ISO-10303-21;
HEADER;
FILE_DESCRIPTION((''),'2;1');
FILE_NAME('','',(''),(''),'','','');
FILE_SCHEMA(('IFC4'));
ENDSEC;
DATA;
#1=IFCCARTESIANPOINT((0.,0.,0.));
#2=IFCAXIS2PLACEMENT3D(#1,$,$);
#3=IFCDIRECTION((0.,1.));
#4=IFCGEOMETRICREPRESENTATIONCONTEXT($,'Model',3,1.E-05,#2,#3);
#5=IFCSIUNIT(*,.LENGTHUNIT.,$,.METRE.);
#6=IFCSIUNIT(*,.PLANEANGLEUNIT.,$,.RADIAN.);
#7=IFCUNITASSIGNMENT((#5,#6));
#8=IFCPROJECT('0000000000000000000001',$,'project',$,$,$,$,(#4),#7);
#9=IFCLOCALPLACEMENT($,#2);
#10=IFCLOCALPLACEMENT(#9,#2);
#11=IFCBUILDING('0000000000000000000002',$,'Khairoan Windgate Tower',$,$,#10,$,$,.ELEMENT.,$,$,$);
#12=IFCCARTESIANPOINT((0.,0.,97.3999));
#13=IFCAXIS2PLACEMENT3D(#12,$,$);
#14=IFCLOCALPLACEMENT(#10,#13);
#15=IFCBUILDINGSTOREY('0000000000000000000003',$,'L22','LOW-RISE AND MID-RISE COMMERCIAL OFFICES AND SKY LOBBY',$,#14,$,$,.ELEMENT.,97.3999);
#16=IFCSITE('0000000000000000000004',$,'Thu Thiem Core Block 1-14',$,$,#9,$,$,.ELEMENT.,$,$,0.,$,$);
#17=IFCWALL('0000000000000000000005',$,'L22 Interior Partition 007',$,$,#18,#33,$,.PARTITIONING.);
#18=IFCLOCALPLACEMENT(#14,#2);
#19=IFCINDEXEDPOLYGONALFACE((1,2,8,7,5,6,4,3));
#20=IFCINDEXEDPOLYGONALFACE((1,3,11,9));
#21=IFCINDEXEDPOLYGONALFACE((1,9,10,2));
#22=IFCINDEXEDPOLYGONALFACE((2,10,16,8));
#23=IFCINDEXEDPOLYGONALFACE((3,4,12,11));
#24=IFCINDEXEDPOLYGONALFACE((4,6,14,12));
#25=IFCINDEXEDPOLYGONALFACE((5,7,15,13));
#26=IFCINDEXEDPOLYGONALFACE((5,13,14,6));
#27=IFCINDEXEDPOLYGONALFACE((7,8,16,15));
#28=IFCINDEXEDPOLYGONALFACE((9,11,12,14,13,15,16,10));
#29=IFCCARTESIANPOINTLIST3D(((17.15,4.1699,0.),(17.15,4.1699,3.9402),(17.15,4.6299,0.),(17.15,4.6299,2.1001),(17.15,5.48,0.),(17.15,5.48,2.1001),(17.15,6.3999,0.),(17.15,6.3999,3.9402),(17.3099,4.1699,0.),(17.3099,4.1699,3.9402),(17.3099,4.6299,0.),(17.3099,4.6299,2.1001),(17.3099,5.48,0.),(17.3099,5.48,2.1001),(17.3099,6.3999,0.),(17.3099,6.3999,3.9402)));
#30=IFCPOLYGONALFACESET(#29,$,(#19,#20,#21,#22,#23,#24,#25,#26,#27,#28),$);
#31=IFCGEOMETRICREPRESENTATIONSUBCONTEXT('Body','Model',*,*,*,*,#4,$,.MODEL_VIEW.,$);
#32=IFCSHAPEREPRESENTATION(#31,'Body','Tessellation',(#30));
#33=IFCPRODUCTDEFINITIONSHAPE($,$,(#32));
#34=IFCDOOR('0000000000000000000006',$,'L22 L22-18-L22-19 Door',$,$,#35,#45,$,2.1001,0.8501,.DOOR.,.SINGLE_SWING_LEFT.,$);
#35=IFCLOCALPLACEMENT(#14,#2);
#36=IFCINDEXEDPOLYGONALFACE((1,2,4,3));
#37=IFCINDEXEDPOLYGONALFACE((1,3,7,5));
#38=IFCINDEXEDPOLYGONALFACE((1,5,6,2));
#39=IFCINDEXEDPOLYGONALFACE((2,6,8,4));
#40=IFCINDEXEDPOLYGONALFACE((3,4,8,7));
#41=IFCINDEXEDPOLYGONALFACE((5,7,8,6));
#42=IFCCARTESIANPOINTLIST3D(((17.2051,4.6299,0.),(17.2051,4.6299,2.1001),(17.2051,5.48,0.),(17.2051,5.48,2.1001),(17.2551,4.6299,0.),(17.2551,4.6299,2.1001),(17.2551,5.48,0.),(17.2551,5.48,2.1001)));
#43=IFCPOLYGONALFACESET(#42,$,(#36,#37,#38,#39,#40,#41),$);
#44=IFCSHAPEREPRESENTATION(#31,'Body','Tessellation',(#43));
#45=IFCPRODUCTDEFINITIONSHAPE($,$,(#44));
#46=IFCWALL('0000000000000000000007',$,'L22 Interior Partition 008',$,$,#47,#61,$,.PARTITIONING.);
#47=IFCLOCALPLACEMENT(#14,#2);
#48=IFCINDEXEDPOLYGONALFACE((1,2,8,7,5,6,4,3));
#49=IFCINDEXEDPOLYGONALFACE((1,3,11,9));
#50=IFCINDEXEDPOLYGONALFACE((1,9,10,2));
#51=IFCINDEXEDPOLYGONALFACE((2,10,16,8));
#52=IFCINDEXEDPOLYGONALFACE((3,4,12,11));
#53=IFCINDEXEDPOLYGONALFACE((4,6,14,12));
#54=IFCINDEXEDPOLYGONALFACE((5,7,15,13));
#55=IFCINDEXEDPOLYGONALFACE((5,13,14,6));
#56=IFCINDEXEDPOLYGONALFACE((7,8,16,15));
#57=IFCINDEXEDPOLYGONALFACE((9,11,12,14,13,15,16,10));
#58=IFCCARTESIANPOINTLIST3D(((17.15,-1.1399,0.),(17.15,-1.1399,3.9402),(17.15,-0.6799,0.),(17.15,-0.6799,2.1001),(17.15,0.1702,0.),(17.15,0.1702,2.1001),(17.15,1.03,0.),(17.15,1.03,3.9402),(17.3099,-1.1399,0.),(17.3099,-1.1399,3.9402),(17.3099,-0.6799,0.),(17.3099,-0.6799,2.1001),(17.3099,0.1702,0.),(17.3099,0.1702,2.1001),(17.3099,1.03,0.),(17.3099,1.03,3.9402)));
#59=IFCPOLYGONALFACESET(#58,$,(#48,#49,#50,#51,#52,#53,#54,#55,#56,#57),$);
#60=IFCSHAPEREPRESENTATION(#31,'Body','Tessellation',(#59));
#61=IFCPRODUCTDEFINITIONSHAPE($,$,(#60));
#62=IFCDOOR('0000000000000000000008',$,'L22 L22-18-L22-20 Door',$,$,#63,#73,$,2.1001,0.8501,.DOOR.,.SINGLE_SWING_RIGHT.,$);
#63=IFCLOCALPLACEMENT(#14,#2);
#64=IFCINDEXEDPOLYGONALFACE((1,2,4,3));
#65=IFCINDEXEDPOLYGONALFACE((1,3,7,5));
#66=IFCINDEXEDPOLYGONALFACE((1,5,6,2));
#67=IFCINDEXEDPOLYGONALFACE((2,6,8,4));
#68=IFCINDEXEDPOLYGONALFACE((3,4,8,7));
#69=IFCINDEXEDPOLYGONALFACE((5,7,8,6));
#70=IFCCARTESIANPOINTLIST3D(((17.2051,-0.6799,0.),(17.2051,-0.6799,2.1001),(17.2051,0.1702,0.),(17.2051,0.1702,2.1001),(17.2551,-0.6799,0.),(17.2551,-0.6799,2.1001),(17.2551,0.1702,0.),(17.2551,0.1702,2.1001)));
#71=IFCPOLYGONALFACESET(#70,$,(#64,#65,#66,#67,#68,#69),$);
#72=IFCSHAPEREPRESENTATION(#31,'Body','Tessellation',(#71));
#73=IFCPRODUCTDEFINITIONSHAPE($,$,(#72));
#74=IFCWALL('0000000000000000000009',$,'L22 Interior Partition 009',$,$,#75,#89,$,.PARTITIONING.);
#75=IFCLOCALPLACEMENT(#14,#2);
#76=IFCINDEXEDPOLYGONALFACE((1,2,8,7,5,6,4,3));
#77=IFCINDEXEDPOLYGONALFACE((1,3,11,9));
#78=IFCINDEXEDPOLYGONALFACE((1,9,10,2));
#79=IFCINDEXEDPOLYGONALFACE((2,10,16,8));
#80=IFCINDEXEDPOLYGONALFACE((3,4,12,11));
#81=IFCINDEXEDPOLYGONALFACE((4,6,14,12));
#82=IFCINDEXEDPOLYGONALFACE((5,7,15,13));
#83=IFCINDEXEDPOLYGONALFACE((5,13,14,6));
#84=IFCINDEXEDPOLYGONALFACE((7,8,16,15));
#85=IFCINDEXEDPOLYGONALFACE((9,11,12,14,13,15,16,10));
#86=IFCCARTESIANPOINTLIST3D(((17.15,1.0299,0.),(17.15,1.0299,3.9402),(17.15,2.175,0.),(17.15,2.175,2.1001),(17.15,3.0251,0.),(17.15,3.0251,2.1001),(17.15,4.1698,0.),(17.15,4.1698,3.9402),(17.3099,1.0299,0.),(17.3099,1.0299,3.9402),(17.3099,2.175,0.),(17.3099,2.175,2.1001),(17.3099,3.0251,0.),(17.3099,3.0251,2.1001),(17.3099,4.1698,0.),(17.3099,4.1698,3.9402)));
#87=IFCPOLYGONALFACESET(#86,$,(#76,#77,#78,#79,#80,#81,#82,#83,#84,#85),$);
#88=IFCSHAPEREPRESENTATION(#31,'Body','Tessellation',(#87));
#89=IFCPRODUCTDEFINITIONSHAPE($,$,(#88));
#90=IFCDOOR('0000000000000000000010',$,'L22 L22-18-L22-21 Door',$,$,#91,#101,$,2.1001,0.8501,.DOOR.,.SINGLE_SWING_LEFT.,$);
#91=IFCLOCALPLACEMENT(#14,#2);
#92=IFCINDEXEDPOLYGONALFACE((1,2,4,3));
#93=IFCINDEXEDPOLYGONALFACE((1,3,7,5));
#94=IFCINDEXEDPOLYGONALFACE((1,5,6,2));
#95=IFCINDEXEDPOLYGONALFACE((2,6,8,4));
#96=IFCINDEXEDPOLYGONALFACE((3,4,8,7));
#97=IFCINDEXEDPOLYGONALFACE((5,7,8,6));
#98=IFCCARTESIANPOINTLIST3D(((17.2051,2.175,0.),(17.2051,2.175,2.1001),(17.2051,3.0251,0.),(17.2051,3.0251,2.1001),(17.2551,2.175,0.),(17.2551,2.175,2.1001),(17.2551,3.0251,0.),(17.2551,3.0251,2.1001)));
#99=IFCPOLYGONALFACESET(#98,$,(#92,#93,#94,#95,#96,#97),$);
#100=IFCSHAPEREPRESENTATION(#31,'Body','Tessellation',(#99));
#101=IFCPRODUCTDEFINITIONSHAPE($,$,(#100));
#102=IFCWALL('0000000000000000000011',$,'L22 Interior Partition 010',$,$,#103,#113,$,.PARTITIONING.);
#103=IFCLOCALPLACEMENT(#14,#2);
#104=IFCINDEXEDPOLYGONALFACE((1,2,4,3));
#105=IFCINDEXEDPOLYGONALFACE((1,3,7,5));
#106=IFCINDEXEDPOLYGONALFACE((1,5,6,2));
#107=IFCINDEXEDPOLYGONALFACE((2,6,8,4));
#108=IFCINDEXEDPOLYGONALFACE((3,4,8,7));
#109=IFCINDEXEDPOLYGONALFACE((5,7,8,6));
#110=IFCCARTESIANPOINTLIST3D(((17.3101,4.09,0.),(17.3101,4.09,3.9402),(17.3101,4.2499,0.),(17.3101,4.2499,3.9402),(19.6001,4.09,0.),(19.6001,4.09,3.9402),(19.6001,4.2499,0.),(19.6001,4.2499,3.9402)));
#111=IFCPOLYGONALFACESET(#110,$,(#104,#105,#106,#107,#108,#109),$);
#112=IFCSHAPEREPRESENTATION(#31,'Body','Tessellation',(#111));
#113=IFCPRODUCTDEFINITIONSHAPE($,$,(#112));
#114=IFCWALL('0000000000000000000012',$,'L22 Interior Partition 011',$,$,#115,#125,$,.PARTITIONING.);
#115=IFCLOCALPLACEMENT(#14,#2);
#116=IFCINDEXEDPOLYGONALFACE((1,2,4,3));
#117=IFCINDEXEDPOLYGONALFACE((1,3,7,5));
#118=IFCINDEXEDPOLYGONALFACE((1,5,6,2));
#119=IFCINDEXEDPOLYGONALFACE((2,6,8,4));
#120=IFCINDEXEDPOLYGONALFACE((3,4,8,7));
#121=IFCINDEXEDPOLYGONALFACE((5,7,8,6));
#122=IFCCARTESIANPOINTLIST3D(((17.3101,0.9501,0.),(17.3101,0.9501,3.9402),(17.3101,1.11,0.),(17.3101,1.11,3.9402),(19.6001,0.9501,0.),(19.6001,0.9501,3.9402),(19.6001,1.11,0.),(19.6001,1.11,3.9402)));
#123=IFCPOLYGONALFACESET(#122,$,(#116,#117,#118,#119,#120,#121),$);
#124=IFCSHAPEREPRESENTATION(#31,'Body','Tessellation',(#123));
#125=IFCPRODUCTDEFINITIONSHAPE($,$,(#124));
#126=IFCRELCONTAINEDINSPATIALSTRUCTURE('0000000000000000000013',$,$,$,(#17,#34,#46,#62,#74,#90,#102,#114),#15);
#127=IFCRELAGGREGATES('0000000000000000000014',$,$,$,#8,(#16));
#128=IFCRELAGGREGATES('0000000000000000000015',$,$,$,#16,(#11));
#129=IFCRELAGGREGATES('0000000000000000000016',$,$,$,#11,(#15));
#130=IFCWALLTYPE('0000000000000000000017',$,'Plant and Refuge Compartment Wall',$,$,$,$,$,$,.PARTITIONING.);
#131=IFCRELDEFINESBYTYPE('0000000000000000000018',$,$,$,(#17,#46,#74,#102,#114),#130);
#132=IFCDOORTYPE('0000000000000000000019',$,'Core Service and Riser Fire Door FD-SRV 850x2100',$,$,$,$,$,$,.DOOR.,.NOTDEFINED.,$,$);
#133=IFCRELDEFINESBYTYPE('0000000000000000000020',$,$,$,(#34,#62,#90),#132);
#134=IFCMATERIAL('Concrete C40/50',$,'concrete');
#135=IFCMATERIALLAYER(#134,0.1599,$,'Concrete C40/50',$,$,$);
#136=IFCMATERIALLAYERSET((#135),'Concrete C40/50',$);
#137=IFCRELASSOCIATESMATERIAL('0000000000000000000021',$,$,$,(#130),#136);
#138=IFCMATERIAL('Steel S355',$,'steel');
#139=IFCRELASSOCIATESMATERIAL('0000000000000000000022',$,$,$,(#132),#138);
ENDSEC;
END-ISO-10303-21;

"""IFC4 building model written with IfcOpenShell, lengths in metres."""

from ifc_helpers import new_model, si_unit, direction, frame, frame_2d, origin, place, context, subcontext, project, spatial, rectangle, extrude, material, layer, layer_set, type_object, element, fill, save


model = new_model("IFC4")

# Units and contexts
model_context = context("Model", 3, precision=1e-05, world=origin(), true_north=direction((0.0, 1.0)))
body_context = subcontext(model_context, "Body", "Model", "MODEL_VIEW")
ifc_project = project(units=[si_unit("LENGTHUNIT", "METRE"), si_unit("PLANEANGLEUNIT", "RADIAN")], contexts=[model_context])

# Site, building, storey
site_placement = place(None, origin())
site = spatial("IfcSite", under=ifc_project, at=site_placement, Name="Thu Thiem Core Block 1-14", CompositionType="ELEMENT", RefElevation=0.0)
building_placement = place(site_placement, origin())
building = spatial("IfcBuilding", under=site, at=building_placement, Name="Khairoan Windgate Tower", CompositionType="ELEMENT")
storey_placement = place(building_placement, frame((0.0, 0.0, 97.3999)))
storey = spatial("IfcBuildingStorey", under=building, at=storey_placement, Name="L22", Description="LOW-RISE AND MID-RISE COMMERCIAL OFFICES AND SKY LOBBY", CompositionType="ELEMENT", Elevation=97.3999)

# Walls, openings, doors
ifc_material_1 = material(Name="Concrete C40/50", Category="concrete")
ifc_layer_1 = layer(ifc_material_1, 0.1599, Name="Concrete C40/50")
ifc_layer_set_1 = layer_set([ifc_layer_1], Name="Concrete C40/50")
wall_type_1 = type_object("IfcWallType", Name="Plant and Refuge Compartment Wall", PredefinedType="PARTITIONING", material=ifc_layer_set_1)
wall_1_placement = place(storey_placement, frame((17.23, 4.1699, 0.0), z_axis=(0.0, 0.0, 1.0), x_axis=(0.0, 1.0, 0.0)))
wall_1 = element("IfcWall", 1, at=wall_1_placement, inside=storey, type_object=wall_type_1, Name="L22 Interior Partition 007", PredefinedType="PARTITIONING", context=body_context, shape_type="SweptSolid", body=[
    extrude(rectangle(XDim=2.23, YDim=0.1599, at=frame_2d((1.115, 0.0))), origin(), (0.0, 0.0, 1.0), 3.9402),
])
opening_1_placement = place(wall_1_placement, frame((0.46, 0.0, 0.0)))
opening_1 = element("IfcOpeningElement", 2, at=opening_1_placement, cuts=wall_1, PredefinedType="OPENING", context=body_context, shape_type="SweptSolid", body=[
    extrude(rectangle(XDim=0.8501, YDim=2.1001, at=frame_2d((0.425, 1.05))), frame((0.0, 0.0898, 0.0), z_axis=(0.0, -1.0, 0.0), x_axis=(1.0, 0.0, 0.0)), (0.0, 0.0, 1.0), 0.1799),
])
ifc_material_2 = material(Name="Steel S355", Category="steel")
door_type = type_object("IfcDoorType", Name="Core Service and Riser Fire Door FD-SRV 850x2100", OperationType="NOTDEFINED", PredefinedType="DOOR", material=ifc_material_2)
door_1_placement = place(opening_1_placement, origin())
door_1 = element("IfcDoor", 3, at=door_1_placement, inside=storey, type_object=door_type, Name="L22 L22-18-L22-19 Door", OperationType="SINGLE_SWING_LEFT", OverallHeight=2.1001, OverallWidth=0.8501, PredefinedType="DOOR", context=body_context, shape_type="SweptSolid", body=[
    extrude(rectangle(XDim=0.8501, YDim=2.1001, at=frame_2d((0.425, 1.05))), frame((0.0, 0.0249, 0.0), z_axis=(0.0, -1.0, 0.0), x_axis=(1.0, 0.0, 0.0)), (0.0, 0.0, 1.0), 0.05),
])
fill(opening_1, door_1)
wall_2_placement = place(storey_placement, frame((17.23, -1.1399, 0.0), z_axis=(0.0, 0.0, 1.0), x_axis=(0.0, 1.0, 0.0)))
wall_2 = element("IfcWall", 4, at=wall_2_placement, inside=storey, type_object=wall_type_1, Name="L22 Interior Partition 008", PredefinedType="PARTITIONING", context=body_context, shape_type="SweptSolid", body=[
    extrude(rectangle(XDim=2.1699, YDim=0.1599, at=frame_2d((1.085, 0.0))), origin(), (0.0, 0.0, 1.0), 3.9402),
])
opening_2_placement = place(wall_2_placement, frame((0.46, 0.0, 0.0)))
opening_2 = element("IfcOpeningElement", 5, at=opening_2_placement, cuts=wall_2, PredefinedType="OPENING", context=body_context, shape_type="SweptSolid", body=[
    extrude(rectangle(XDim=0.8501, YDim=2.1001, at=frame_2d((0.425, 1.05))), frame((0.0, 0.0898, 0.0), z_axis=(0.0, -1.0, 0.0), x_axis=(1.0, 0.0, 0.0)), (0.0, 0.0, 1.0), 0.1799),
])
door_2_placement = place(opening_2_placement, origin())
door_2 = element("IfcDoor", 6, at=door_2_placement, inside=storey, type_object=door_type, Name="L22 L22-18-L22-20 Door", OperationType="SINGLE_SWING_RIGHT", OverallHeight=2.1001, OverallWidth=0.8501, PredefinedType="DOOR", context=body_context, shape_type="SweptSolid", body=[
    extrude(rectangle(XDim=0.8501, YDim=2.1001, at=frame_2d((0.425, 1.05))), frame((0.0, 0.0249, 0.0), z_axis=(0.0, -1.0, 0.0), x_axis=(1.0, 0.0, 0.0)), (0.0, 0.0, 1.0), 0.05),
])
fill(opening_2, door_2)
wall_3_placement = place(storey_placement, frame((17.23, 1.03, 0.0), z_axis=(0.0, 0.0, 1.0), x_axis=(0.0, 1.0, 0.0)))
wall_3 = element("IfcWall", 7, at=wall_3_placement, inside=storey, type_object=wall_type_1, Name="L22 Interior Partition 009", PredefinedType="PARTITIONING", context=body_context, shape_type="SweptSolid", body=[
    extrude(rectangle(XDim=3.1399, YDim=0.1599, at=frame_2d((1.5698, 0.0))), origin(), (0.0, 0.0, 1.0), 3.9402),
])
opening_3_placement = place(wall_3_placement, frame((1.145, 0.0, 0.0)))
opening_3 = element("IfcOpeningElement", 8, at=opening_3_placement, cuts=wall_3, PredefinedType="OPENING", context=body_context, shape_type="SweptSolid", body=[
    extrude(rectangle(XDim=0.8501, YDim=2.1001, at=frame_2d((0.425, 1.05))), frame((0.0, 0.0898, 0.0), z_axis=(0.0, -1.0, 0.0), x_axis=(1.0, 0.0, 0.0)), (0.0, 0.0, 1.0), 0.1799),
])
door_3_placement = place(opening_3_placement, origin())
door_3 = element("IfcDoor", 9, at=door_3_placement, inside=storey, type_object=door_type, Name="L22 L22-18-L22-21 Door", OperationType="SINGLE_SWING_LEFT", OverallHeight=2.1001, OverallWidth=0.8501, PredefinedType="DOOR", context=body_context, shape_type="SweptSolid", body=[
    extrude(rectangle(XDim=0.8501, YDim=2.1001, at=frame_2d((0.425, 1.05))), frame((0.0, 0.0249, 0.0), z_axis=(0.0, -1.0, 0.0), x_axis=(1.0, 0.0, 0.0)), (0.0, 0.0, 1.0), 0.05),
])
fill(opening_3, door_3)

# Walls
for number, where, z_axis, x_axis, name in (
    (10, (17.3101, 4.1699, 0.0), (0.0, 0.0, 1.0), (1.0, 0.0, 0.0), "L22 Interior Partition 010"),
    (11, (17.3101, 1.03, 0.0), (0.0, 0.0, 1.0), (1.0, 0.0, 0.0), "L22 Interior Partition 011"),
):
    element("IfcWall", number, at=place(storey_placement, frame(where, z_axis=z_axis, x_axis=x_axis)), inside=storey, type_object=wall_type_1, Name=name, PredefinedType="PARTITIONING", context=body_context, shape_type="SweptSolid", body=[
        extrude(rectangle(XDim=2.29, YDim=0.1599, at=frame_2d((1.145, 0.0))), origin(), (0.0, 0.0, 1.0), 3.9402),
    ])

save(model, "model.ifc")
